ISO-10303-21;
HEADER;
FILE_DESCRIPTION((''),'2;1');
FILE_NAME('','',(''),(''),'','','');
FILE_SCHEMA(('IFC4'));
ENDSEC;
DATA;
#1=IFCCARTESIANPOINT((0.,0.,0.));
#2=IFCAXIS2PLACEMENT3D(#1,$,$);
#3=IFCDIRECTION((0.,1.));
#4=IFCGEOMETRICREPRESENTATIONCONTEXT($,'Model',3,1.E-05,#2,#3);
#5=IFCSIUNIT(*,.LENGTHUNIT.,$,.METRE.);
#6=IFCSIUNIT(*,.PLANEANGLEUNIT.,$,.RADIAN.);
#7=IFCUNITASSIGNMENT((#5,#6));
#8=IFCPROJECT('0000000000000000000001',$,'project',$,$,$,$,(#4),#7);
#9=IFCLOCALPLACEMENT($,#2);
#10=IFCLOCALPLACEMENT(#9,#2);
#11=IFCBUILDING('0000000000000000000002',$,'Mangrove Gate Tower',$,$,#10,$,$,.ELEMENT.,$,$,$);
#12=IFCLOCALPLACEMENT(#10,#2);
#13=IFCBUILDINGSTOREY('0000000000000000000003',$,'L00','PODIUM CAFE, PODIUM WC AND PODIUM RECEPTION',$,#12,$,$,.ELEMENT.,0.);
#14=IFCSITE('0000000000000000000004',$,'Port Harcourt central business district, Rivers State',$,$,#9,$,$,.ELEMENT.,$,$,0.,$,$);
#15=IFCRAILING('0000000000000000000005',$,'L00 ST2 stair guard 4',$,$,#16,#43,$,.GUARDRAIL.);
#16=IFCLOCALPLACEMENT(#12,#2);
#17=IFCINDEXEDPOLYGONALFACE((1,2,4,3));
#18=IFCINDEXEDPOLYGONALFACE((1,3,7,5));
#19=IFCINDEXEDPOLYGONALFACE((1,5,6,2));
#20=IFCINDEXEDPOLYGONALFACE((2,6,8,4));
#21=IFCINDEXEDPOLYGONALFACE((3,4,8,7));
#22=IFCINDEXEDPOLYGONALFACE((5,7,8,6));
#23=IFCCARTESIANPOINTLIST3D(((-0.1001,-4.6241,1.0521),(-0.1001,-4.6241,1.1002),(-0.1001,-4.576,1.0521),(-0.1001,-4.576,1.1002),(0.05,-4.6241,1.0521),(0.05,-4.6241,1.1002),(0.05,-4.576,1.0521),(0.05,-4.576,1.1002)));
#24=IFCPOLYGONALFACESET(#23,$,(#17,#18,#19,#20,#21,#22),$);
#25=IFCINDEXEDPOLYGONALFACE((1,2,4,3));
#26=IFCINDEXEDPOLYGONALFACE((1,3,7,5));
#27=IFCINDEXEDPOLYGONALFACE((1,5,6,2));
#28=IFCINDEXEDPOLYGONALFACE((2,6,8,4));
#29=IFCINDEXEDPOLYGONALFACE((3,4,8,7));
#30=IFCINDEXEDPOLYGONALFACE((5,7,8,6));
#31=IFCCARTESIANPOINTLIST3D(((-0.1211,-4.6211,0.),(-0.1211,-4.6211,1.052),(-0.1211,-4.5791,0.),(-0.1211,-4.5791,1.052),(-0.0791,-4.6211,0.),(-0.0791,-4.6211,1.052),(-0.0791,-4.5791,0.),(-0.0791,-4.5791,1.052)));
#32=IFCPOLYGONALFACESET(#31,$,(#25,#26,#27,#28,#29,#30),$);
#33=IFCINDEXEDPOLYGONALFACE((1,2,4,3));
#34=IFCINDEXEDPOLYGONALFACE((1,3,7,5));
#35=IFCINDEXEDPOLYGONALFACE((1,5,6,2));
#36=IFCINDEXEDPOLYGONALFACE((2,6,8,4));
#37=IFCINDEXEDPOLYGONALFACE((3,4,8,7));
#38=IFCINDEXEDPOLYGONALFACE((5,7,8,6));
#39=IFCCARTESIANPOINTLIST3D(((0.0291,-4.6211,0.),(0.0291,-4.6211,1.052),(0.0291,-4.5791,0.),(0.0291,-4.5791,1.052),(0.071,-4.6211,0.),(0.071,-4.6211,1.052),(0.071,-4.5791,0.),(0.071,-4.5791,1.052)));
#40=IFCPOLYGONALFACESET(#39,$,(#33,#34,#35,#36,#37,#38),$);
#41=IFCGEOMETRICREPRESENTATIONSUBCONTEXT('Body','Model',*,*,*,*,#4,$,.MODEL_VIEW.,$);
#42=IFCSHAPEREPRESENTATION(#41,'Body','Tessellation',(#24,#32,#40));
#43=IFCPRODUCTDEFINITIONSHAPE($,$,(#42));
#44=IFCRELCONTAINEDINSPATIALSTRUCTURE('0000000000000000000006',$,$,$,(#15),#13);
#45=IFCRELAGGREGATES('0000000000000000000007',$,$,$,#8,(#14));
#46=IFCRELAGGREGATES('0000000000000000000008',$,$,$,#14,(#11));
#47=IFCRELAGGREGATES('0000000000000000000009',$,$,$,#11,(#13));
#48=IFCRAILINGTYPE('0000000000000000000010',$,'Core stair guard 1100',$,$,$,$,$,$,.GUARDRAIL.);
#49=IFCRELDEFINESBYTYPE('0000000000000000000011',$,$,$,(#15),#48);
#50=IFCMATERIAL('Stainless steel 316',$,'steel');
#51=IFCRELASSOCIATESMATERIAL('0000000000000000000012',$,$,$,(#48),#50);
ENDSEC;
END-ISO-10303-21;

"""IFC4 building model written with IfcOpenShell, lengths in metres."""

from ifc_helpers import new_model, si_unit, direction, frame, origin, origin_2d, place, context, subcontext, project, spatial, rectangle, extrude, material, type_object, element, save


model = new_model("IFC4")

# Units and contexts
model_context = context("Model", 3, precision=1e-05, world=origin(), true_north=direction((0.0, 1.0)))
body_context = subcontext(model_context, "Body", "Model", "MODEL_VIEW")
ifc_project = project(units=[si_unit("LENGTHUNIT", "METRE"), si_unit("PLANEANGLEUNIT", "RADIAN")], contexts=[model_context])

# Site, building, storey
site_placement = place(None, origin())
site = spatial("IfcSite", under=ifc_project, at=site_placement, Name="Port Harcourt central business district, Rivers State", CompositionType="ELEMENT", RefElevation=0.0)
building_placement = place(site_placement, origin())
building = spatial("IfcBuilding", under=site, at=building_placement, Name="Mangrove Gate Tower", CompositionType="ELEMENT")
storey_placement = place(building_placement, origin())
storey = spatial("IfcBuildingStorey", under=building, at=storey_placement, Name="L00", Description="PODIUM CAFE, PODIUM WC AND PODIUM RECEPTION", CompositionType="ELEMENT", Elevation=0.0)

# Railing
ifc_material_1 = material(Name="Stainless steel 316", Category="steel")
railing_type_1 = type_object("IfcRailingType", Name="Core stair guard 1100", PredefinedType="GUARDRAIL", material=ifc_material_1)
for number, where, name in (
    (1, (-0.1001, -4.6001, 0.0), "L00 ST2 stair guard 4"),
):
    element("IfcRailing", number, at=place(storey_placement, frame(where)), inside=storey, type_object=railing_type_1, Name=name, PredefinedType="GUARDRAIL", context=body_context, shape_type="SweptSolid", body=[
        extrude(rectangle(XDim=0.0481, YDim=0.0481, at=origin_2d()), frame((0.0, 0.0, 1.0762), z_axis=(1.0, 0.0, 0.0), x_axis=(0.0, 1.0, 0.0)), (0.0, 0.0, 1.0), 0.1501),
        extrude(rectangle(XDim=0.042, YDim=0.042, at=origin_2d()), origin(), (0.0, 0.0, 1.0), 1.052),
        extrude(rectangle(XDim=0.042, YDim=0.042, at=origin_2d()), frame((0.1501, 0.0, 0.0)), (0.0, 0.0, 1.0), 1.052),
    ])

save(model, "model.ifc")
